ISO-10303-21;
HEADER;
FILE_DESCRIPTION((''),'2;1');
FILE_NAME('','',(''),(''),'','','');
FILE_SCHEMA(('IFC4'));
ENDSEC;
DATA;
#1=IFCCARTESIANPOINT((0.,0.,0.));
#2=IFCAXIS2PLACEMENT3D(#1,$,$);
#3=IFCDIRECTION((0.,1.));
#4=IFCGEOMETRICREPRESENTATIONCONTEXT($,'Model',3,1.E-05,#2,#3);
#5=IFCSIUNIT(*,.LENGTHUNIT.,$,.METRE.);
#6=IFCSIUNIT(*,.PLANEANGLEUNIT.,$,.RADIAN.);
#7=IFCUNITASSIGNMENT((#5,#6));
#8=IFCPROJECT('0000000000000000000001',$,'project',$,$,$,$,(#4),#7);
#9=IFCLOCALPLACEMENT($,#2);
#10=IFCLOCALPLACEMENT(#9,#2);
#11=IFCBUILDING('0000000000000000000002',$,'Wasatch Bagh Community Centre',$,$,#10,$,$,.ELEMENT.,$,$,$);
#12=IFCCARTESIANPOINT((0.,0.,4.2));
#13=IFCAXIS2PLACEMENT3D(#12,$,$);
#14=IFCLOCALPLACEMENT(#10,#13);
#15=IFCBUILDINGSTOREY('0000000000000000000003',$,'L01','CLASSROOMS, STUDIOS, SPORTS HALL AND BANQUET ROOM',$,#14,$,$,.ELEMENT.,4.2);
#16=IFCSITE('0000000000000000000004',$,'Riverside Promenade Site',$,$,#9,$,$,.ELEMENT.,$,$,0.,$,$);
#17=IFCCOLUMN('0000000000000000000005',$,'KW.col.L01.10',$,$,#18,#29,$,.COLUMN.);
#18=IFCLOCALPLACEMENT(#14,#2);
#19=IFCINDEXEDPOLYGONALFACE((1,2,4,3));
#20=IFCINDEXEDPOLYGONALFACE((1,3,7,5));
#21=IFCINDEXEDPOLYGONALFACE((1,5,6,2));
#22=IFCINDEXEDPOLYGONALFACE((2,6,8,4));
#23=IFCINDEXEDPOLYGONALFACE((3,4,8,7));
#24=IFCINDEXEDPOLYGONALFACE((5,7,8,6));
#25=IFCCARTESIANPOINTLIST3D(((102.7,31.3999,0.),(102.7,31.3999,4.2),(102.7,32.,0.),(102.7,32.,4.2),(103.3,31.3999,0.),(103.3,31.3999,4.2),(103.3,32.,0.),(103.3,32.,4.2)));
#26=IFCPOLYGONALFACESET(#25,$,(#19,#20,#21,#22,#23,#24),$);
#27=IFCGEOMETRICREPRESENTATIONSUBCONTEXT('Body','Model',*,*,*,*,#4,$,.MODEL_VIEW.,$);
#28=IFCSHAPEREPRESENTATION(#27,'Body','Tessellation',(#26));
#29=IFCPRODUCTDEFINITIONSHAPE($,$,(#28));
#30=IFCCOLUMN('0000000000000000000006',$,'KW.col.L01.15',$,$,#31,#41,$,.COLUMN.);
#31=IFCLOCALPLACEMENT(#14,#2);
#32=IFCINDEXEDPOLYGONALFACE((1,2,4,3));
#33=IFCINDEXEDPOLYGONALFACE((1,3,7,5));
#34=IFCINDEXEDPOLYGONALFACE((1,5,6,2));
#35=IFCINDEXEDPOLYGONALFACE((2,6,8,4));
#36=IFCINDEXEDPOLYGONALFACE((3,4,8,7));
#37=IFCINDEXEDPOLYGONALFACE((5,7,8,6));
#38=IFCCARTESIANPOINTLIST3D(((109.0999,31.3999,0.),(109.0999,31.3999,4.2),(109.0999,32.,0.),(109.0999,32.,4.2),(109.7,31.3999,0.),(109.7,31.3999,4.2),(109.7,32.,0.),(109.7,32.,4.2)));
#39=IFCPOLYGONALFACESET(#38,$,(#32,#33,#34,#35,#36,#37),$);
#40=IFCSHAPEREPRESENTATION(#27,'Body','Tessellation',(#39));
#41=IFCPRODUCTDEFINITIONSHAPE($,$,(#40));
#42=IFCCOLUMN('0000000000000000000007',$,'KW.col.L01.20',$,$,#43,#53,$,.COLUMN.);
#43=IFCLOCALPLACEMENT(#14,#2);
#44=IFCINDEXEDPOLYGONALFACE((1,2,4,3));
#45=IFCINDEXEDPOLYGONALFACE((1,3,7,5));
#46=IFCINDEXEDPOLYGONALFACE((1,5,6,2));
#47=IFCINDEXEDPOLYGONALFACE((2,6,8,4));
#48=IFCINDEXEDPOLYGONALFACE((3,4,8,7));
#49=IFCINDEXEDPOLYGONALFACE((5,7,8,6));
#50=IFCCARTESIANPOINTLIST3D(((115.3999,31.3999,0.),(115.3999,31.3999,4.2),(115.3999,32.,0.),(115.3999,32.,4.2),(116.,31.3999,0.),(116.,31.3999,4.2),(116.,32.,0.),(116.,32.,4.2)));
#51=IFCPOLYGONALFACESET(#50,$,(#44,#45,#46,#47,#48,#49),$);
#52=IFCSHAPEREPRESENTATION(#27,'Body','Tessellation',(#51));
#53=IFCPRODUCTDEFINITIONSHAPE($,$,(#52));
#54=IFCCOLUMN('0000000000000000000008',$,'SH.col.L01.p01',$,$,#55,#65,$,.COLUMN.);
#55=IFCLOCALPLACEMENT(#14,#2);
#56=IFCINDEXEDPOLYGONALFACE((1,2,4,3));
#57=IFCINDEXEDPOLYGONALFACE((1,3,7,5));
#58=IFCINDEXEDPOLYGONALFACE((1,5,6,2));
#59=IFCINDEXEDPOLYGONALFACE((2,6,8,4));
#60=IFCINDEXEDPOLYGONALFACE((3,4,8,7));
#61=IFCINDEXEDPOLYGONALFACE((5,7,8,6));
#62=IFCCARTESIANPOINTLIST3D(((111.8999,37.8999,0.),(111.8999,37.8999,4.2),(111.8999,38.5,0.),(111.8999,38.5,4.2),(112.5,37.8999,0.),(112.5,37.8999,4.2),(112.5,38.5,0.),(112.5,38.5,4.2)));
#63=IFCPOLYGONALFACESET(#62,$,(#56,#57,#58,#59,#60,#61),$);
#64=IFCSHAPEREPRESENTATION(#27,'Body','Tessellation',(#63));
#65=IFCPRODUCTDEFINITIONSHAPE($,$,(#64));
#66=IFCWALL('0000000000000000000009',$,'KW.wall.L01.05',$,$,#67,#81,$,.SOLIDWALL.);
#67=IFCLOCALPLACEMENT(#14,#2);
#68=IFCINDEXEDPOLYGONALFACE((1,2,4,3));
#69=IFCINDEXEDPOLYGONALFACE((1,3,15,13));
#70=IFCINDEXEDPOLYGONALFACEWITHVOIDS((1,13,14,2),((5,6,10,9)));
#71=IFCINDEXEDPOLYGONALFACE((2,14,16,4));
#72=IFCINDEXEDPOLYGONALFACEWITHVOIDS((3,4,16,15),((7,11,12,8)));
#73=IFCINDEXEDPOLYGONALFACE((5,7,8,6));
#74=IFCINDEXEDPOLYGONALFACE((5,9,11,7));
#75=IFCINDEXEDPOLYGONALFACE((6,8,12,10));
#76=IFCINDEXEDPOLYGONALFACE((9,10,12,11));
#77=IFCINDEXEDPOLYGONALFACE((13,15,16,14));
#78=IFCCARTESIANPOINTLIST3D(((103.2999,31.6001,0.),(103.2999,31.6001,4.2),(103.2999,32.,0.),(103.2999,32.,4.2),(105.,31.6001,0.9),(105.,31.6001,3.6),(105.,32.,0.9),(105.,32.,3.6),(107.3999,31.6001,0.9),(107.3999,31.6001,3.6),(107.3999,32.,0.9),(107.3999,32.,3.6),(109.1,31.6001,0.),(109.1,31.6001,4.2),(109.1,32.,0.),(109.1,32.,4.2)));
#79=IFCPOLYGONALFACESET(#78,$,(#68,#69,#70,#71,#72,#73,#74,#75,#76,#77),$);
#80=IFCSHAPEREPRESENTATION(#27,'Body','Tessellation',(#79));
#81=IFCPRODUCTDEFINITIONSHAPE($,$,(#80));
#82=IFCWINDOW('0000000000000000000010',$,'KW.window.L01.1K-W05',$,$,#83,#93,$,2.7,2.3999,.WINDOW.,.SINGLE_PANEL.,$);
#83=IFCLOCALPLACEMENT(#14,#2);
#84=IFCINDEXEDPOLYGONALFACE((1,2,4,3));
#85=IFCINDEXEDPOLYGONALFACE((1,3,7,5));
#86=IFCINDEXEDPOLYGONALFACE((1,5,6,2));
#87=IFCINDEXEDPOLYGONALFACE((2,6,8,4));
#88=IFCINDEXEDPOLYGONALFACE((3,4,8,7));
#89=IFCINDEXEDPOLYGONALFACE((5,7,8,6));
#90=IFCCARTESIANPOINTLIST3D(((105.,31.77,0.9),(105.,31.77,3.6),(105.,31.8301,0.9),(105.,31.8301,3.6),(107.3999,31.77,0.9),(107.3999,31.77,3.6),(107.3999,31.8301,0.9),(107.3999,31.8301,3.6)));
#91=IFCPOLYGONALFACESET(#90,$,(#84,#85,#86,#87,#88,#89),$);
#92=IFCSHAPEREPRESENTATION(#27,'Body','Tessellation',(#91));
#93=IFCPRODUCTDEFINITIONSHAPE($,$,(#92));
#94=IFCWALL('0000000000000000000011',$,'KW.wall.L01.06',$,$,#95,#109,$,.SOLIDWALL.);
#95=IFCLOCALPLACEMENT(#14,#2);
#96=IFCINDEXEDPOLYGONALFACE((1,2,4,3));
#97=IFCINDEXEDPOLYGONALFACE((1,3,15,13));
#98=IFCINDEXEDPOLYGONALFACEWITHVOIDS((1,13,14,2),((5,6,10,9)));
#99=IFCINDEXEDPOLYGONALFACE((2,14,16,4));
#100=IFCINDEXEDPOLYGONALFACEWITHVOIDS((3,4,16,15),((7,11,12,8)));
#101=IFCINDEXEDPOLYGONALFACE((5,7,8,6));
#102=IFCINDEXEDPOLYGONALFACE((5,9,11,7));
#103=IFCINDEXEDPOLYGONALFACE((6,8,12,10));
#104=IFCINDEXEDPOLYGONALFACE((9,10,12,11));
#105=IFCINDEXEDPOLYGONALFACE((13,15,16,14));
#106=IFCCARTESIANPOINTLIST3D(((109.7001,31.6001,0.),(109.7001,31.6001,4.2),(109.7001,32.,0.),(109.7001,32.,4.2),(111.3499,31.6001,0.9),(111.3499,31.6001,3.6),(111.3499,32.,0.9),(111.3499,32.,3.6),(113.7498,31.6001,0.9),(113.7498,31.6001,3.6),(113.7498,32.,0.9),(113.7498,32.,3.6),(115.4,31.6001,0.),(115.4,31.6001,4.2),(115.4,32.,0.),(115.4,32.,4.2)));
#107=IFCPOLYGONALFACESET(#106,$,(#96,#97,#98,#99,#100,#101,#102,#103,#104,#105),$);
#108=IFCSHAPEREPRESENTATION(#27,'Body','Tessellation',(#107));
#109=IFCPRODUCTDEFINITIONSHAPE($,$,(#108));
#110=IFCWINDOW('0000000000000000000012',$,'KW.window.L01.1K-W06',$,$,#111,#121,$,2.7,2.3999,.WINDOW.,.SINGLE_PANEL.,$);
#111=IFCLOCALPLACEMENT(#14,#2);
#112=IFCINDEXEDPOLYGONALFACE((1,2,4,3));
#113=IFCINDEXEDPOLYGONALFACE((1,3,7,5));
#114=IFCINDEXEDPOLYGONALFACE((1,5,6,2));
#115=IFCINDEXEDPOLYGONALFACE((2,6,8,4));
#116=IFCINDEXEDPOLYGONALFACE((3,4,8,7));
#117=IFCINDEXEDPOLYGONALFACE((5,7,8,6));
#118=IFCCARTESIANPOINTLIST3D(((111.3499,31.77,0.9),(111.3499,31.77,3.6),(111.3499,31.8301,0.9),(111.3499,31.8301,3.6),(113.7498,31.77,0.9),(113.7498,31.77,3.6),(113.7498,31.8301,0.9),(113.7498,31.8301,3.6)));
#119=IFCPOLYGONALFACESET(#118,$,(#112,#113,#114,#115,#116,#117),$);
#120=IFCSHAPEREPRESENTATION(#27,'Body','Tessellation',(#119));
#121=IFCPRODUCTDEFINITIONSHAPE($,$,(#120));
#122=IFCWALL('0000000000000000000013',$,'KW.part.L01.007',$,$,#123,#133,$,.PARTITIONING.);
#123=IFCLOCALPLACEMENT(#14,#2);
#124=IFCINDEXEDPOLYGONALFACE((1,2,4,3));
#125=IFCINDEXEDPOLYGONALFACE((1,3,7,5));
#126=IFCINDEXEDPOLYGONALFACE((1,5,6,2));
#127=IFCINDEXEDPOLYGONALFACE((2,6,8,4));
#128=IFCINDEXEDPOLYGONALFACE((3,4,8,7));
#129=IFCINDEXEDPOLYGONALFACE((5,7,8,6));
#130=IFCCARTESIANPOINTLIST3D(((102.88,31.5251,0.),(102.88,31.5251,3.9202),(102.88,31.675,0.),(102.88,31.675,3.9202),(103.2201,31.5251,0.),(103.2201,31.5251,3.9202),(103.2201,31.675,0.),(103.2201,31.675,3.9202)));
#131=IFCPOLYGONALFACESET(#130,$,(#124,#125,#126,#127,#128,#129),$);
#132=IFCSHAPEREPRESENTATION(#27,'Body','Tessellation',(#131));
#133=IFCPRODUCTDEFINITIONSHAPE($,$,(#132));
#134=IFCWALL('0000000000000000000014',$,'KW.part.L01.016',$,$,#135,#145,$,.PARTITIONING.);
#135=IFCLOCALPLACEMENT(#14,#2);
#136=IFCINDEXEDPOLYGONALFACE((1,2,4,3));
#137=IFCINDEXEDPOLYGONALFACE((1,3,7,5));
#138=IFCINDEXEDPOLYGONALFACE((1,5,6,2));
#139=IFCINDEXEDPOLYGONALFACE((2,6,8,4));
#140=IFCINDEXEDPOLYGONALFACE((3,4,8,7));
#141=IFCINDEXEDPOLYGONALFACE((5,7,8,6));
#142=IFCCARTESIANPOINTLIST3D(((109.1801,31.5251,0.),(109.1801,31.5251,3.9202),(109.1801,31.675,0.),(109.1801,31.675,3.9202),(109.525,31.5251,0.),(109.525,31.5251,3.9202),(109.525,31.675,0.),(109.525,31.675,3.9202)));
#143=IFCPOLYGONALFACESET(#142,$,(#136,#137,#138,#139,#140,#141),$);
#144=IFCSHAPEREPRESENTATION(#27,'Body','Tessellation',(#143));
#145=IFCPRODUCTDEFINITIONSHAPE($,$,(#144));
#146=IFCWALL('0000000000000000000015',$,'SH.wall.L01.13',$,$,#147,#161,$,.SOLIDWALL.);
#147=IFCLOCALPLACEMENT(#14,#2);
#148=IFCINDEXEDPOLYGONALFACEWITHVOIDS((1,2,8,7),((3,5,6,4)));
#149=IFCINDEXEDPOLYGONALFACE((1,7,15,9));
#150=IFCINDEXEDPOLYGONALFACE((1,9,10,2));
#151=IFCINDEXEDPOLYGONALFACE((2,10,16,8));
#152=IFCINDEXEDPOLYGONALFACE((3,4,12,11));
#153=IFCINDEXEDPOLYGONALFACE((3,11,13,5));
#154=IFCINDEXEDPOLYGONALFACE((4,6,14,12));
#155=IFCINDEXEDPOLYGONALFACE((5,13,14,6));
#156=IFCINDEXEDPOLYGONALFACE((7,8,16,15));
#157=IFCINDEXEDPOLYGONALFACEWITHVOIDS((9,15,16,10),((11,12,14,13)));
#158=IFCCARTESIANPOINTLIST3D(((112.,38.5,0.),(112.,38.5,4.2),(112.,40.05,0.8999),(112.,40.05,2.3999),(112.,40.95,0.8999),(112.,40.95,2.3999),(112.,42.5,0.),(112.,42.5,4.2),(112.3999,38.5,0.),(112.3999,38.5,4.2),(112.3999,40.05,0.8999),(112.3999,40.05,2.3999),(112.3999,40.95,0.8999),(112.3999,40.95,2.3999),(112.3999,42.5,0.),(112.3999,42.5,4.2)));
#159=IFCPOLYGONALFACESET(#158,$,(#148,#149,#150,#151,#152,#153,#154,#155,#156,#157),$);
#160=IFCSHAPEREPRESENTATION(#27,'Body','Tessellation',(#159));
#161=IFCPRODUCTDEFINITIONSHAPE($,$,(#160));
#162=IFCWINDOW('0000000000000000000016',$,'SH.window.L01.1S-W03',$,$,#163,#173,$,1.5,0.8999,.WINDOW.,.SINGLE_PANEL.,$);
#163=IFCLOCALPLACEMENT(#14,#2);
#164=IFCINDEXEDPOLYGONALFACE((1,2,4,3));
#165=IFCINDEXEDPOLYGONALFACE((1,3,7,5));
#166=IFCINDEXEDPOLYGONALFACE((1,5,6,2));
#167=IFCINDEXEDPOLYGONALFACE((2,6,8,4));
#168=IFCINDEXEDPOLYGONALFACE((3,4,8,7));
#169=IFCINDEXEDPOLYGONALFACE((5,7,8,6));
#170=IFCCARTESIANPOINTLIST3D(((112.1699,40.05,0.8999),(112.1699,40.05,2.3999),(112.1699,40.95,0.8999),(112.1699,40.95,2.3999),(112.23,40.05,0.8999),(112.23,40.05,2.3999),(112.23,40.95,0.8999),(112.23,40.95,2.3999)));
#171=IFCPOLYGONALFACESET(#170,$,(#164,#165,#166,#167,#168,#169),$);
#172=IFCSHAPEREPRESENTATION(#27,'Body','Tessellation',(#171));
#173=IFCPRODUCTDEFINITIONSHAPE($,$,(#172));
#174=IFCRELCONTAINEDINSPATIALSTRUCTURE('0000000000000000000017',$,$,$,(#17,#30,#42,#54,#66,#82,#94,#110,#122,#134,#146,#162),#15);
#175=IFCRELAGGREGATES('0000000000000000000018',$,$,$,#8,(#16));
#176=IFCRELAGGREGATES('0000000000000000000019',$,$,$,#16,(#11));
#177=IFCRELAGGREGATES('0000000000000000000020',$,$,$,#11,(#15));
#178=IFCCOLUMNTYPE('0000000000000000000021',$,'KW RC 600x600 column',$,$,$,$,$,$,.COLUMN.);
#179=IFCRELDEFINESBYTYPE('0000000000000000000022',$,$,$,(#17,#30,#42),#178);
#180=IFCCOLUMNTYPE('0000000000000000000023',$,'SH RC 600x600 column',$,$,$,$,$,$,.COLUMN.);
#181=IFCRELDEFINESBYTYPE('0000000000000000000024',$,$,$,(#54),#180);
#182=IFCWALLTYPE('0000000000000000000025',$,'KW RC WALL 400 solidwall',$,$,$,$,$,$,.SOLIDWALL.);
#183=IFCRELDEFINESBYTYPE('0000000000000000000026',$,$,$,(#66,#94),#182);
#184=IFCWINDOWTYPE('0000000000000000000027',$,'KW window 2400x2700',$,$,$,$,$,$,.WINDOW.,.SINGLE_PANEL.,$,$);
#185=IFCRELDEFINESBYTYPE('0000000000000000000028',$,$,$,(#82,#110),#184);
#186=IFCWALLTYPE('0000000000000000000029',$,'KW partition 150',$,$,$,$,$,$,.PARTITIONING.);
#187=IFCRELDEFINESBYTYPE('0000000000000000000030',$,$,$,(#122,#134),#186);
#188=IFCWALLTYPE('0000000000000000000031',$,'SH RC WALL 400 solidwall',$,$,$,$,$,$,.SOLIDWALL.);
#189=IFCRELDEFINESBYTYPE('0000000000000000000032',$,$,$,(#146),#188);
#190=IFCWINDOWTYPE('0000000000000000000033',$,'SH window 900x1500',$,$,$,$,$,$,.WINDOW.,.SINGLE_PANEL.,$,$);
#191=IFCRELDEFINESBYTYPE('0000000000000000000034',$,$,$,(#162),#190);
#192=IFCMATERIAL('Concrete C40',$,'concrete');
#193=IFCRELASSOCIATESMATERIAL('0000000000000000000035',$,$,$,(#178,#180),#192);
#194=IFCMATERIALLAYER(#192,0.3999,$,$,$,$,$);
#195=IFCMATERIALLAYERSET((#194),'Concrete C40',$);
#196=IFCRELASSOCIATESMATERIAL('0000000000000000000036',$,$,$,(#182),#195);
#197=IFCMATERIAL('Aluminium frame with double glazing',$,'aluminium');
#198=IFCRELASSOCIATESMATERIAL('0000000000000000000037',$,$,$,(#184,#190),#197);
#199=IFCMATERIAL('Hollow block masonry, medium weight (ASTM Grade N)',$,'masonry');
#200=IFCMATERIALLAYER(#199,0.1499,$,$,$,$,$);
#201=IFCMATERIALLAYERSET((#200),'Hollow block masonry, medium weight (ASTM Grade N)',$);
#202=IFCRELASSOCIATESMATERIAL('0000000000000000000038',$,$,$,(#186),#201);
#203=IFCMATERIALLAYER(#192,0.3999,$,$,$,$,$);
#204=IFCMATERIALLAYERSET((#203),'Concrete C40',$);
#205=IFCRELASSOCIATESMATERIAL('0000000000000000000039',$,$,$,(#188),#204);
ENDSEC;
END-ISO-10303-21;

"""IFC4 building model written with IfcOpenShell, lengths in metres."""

from ifc_helpers import new_model, si_unit, direction, frame, frame_2d, origin, origin_2d, place, context, subcontext, project, spatial, rectangle, extrude, material, layer, layer_set, material_profile, profile_set, type_object, element, fill, save


model = new_model("IFC4")

# Units and contexts
model_context = context("Model", 3, precision=1e-05, world=origin(), true_north=direction((0.0, 1.0)))
body_context = subcontext(model_context, "Body", "Model", "MODEL_VIEW")
ifc_project = project(units=[si_unit("LENGTHUNIT", "METRE"), si_unit("PLANEANGLEUNIT", "RADIAN")], contexts=[model_context])

# Site, building, storey
site_placement = place(None, origin())
site = spatial("IfcSite", under=ifc_project, at=site_placement, Name="Riverside Promenade Site", CompositionType="ELEMENT", RefElevation=0.0)
building_placement = place(site_placement, origin())
building = spatial("IfcBuilding", under=site, at=building_placement, Name="Wasatch Bagh Community Centre", CompositionType="ELEMENT")
storey_placement = place(building_placement, frame((0.0, 0.0, 4.2)))
storey = spatial("IfcBuildingStorey", under=building, at=storey_placement, Name="L01", Description="CLASSROOMS, STUDIOS, SPORTS HALL AND BANQUET ROOM", CompositionType="ELEMENT", Elevation=4.2)

# Columns
ifc_material_1 = material(Name="Concrete C40", Category="concrete")
ifc_material_profile_1 = material_profile(ifc_material_1, rectangle(XDim=0.6001, YDim=0.6001, at=origin_2d()), Name="RC 600x600")
ifc_profile_set_1 = profile_set([ifc_material_profile_1], Name="Concrete C40")
column_type_1 = type_object("IfcColumnType", Name="KW RC 600x600 column", PredefinedType="COLUMN", material=ifc_profile_set_1)
for number, where, z_axis, x_axis, name in (
    (1, (103.0, 31.7, 0.0), (0.0, 0.0, 1.0), (1.0, 0.0, 0.0), "KW.col.L01.10"),
    (2, (109.3999, 31.7, 0.0), (0.0, 0.0, 1.0), (1.0, 0.0, 0.0), "KW.col.L01.15"),
    (3, (115.7, 31.7, 0.0), (0.0, 0.0, 1.0), (1.0, 0.0, 0.0), "KW.col.L01.20"),
):
    element("IfcColumn", number, at=place(storey_placement, frame(where, z_axis=z_axis, x_axis=x_axis)), inside=storey, type_object=column_type_1, Name=name, PredefinedType="COLUMN", context=body_context, shape_type="SweptSolid", body=[
        extrude(rectangle(XDim=0.6001, YDim=0.6001, at=origin_2d()), origin(), (0.0, 0.0, 1.0), 4.2),
    ])
ifc_material_profile_2 = material_profile(ifc_material_1, rectangle(XDim=0.6001, YDim=0.6001, at=origin_2d()), Name="RC 600x600")
ifc_profile_set_2 = profile_set([ifc_material_profile_2], Name="Concrete C40")
column_type_2 = type_object("IfcColumnType", Name="SH RC 600x600 column", PredefinedType="COLUMN", material=ifc_profile_set_2)
column_placement = place(storey_placement, frame((112.2, 38.2, 0.0), z_axis=(0.0, 0.0, 1.0), x_axis=(1.0, 0.0, 0.0)))
element("IfcColumn", 4, at=column_placement, inside=storey, type_object=column_type_2, Name="SH.col.L01.p01", PredefinedType="COLUMN", context=body_context, shape_type="SweptSolid", body=[
    extrude(rectangle(XDim=0.6001, YDim=0.6001, at=origin_2d()), origin(), (0.0, 0.0, 1.0), 4.2),
])

# Walls, openings, windows
ifc_layer_1 = layer(ifc_material_1, 0.3999)
ifc_layer_set_1 = layer_set([ifc_layer_1], Name="Concrete C40")
wall_type_1 = type_object("IfcWallType", Name="KW RC WALL 400 solidwall", PredefinedType="SOLIDWALL", material=ifc_layer_set_1)
wall_1_placement = place(storey_placement, frame((103.3, 31.8, 0.0), z_axis=(0.0, 0.0, 1.0), x_axis=(1.0, 0.0, 0.0)))
wall_1 = element("IfcWall", 5, at=wall_1_placement, inside=storey, type_object=wall_type_1, Name="KW.wall.L01.05", PredefinedType="SOLIDWALL", context=body_context, shape_type="SweptSolid", body=[
    extrude(rectangle(XDim=5.8, YDim=0.3999, at=frame_2d((2.8999, 0.0))), origin(), (0.0, 0.0, 1.0), 4.2),
])
opening_1_placement = place(wall_1_placement, frame((1.7, 0.0, 0.8999)))
opening_1 = element("IfcOpeningElement", 6, at=opening_1_placement, cuts=wall_1, PredefinedType="OPENING", context=body_context, shape_type="SweptSolid", body=[
    extrude(rectangle(XDim=2.3999, YDim=2.7, at=frame_2d((1.2, 1.3501))), frame((0.0, 0.21, 0.0), z_axis=(0.0, -1.0, 0.0), x_axis=(1.0, 0.0, 0.0)), (0.0, 0.0, 1.0), 0.4199),
])
ifc_material_2 = material(Name="Aluminium frame with double glazing", Category="aluminium")
window_type_1 = type_object("IfcWindowType", Name="KW window 2400x2700", PartitioningType="SINGLE_PANEL", PredefinedType="WINDOW", material=ifc_material_2)
window_1_placement = place(opening_1_placement, origin())
window_1 = element("IfcWindow", 7, at=window_1_placement, inside=storey, type_object=window_type_1, Name="KW.window.L01.1K-W05", OverallHeight=2.7, OverallWidth=2.3999, PartitioningType="SINGLE_PANEL", PredefinedType="WINDOW", context=body_context, shape_type="SweptSolid", body=[
    extrude(rectangle(XDim=2.3999, YDim=2.7, at=frame_2d((1.2, 1.3501))), frame((0.0, 0.03, 0.0), z_axis=(0.0, -1.0, 0.0), x_axis=(1.0, 0.0, 0.0)), (0.0, 0.0, 1.0), 0.0601),
])
fill(opening_1, window_1)
wall_2_placement = place(storey_placement, frame((109.7, 31.8, 0.0), z_axis=(0.0, 0.0, 1.0), x_axis=(1.0, 0.0, 0.0)))
wall_2 = element("IfcWall", 8, at=wall_2_placement, inside=storey, type_object=wall_type_1, Name="KW.wall.L01.06", PredefinedType="SOLIDWALL", context=body_context, shape_type="SweptSolid", body=[
    extrude(rectangle(XDim=5.7, YDim=0.3999, at=frame_2d((2.8501, 0.0))), origin(), (0.0, 0.0, 1.0), 4.2),
])
opening_2_placement = place(wall_2_placement, frame((1.6499, 0.0, 0.8999)))
opening_2 = element("IfcOpeningElement", 9, at=opening_2_placement, cuts=wall_2, PredefinedType="OPENING", context=body_context, shape_type="SweptSolid", body=[
    extrude(rectangle(XDim=2.3999, YDim=2.7, at=frame_2d((1.2, 1.3501))), frame((0.0, 0.21, 0.0), z_axis=(0.0, -1.0, 0.0), x_axis=(1.0, 0.0, 0.0)), (0.0, 0.0, 1.0), 0.4199),
])
window_2_placement = place(opening_2_placement, origin())
window_2 = element("IfcWindow", 10, at=window_2_placement, inside=storey, type_object=window_type_1, Name="KW.window.L01.1K-W06", OverallHeight=2.7, OverallWidth=2.3999, PartitioningType="SINGLE_PANEL", PredefinedType="WINDOW", context=body_context, shape_type="SweptSolid", body=[
    extrude(rectangle(XDim=2.3999, YDim=2.7, at=frame_2d((1.2, 1.3501))), frame((0.0, 0.03, 0.0), z_axis=(0.0, -1.0, 0.0), x_axis=(1.0, 0.0, 0.0)), (0.0, 0.0, 1.0), 0.0601),
])
fill(opening_2, window_2)

# Walls
ifc_material_3 = material(Name="Hollow block masonry, medium weight (ASTM Grade N)", Category="masonry")
ifc_layer_2 = layer(ifc_material_3, 0.1499)
ifc_layer_set_2 = layer_set([ifc_layer_2], Name="Hollow block masonry, medium weight (ASTM Grade N)")
wall_type_2 = type_object("IfcWallType", Name="KW partition 150", PredefinedType="PARTITIONING", material=ifc_layer_set_2)
wall_3_placement = place(storey_placement, frame((103.22, 31.6001, 0.0), z_axis=(0.0, 0.0, 1.0), x_axis=(-1.0, 0.0, 0.0)))
element("IfcWall", 11, at=wall_3_placement, inside=storey, type_object=wall_type_2, Name="KW.part.L01.007", PredefinedType="PARTITIONING", context=body_context, shape_type="SweptSolid", body=[
    extrude(rectangle(XDim=0.3401, YDim=0.1499, at=frame_2d((0.1699, 0.0))), origin(), (0.0, 0.0, 1.0), 3.9202),
])
wall_4_placement = place(storey_placement, frame((109.5249, 31.6001, 0.0), z_axis=(0.0, 0.0, 1.0), x_axis=(-1.0, 0.0, 0.0)))
element("IfcWall", 12, at=wall_4_placement, inside=storey, type_object=wall_type_2, Name="KW.part.L01.016", PredefinedType="PARTITIONING", context=body_context, shape_type="SweptSolid", body=[
    extrude(rectangle(XDim=0.345, YDim=0.1499, at=frame_2d((0.1724, 0.0))), origin(), (0.0, 0.0, 1.0), 3.9202),
])

# Wall, opening, window
ifc_layer_3 = layer(ifc_material_1, 0.3999)
ifc_layer_set_3 = layer_set([ifc_layer_3], Name="Concrete C40")
wall_type_3 = type_object("IfcWallType", Name="SH RC WALL 400 solidwall", PredefinedType="SOLIDWALL", material=ifc_layer_set_3)
wall_5_placement = place(storey_placement, frame((112.2, 38.5, 0.0), z_axis=(0.0, 0.0, 1.0), x_axis=(0.0, 1.0, 0.0)))
wall_5 = element("IfcWall", 13, at=wall_5_placement, inside=storey, type_object=wall_type_3, Name="SH.wall.L01.13", PredefinedType="SOLIDWALL", context=body_context, shape_type="SweptSolid", body=[
    extrude(rectangle(XDim=4.0, YDim=0.3999, at=frame_2d((2.0, 0.0))), origin(), (0.0, 0.0, 1.0), 4.2),
])
opening_3_placement = place(wall_5_placement, frame((1.55, 0.0, 0.8999)))
opening_3 = element("IfcOpeningElement", 14, at=opening_3_placement, cuts=wall_5, PredefinedType="OPENING", context=body_context, shape_type="SweptSolid", body=[
    extrude(rectangle(XDim=0.8999, YDim=1.5, at=frame_2d((0.45, 0.75))), frame((0.0, 0.21, 0.0), z_axis=(0.0, -1.0, 0.0), x_axis=(1.0, 0.0, 0.0)), (0.0, 0.0, 1.0), 0.4199),
])
window_type_2 = type_object("IfcWindowType", Name="SH window 900x1500", PartitioningType="SINGLE_PANEL", PredefinedType="WINDOW", material=ifc_material_2)
window_3_placement = place(opening_3_placement, origin())
window_3 = element("IfcWindow", 15, at=window_3_placement, inside=storey, type_object=window_type_2, Name="SH.window.L01.1S-W03", OverallHeight=1.5, OverallWidth=0.8999, PartitioningType="SINGLE_PANEL", PredefinedType="WINDOW", context=body_context, shape_type="SweptSolid", body=[
    extrude(rectangle(XDim=0.8999, YDim=1.5, at=frame_2d((0.45, 0.75))), frame((0.0, 0.03, 0.0), z_axis=(0.0, -1.0, 0.0), x_axis=(1.0, 0.0, 0.0)), (0.0, 0.0, 1.0), 0.0601),
])
fill(opening_3, window_3)

save(model, "model.ifc")
